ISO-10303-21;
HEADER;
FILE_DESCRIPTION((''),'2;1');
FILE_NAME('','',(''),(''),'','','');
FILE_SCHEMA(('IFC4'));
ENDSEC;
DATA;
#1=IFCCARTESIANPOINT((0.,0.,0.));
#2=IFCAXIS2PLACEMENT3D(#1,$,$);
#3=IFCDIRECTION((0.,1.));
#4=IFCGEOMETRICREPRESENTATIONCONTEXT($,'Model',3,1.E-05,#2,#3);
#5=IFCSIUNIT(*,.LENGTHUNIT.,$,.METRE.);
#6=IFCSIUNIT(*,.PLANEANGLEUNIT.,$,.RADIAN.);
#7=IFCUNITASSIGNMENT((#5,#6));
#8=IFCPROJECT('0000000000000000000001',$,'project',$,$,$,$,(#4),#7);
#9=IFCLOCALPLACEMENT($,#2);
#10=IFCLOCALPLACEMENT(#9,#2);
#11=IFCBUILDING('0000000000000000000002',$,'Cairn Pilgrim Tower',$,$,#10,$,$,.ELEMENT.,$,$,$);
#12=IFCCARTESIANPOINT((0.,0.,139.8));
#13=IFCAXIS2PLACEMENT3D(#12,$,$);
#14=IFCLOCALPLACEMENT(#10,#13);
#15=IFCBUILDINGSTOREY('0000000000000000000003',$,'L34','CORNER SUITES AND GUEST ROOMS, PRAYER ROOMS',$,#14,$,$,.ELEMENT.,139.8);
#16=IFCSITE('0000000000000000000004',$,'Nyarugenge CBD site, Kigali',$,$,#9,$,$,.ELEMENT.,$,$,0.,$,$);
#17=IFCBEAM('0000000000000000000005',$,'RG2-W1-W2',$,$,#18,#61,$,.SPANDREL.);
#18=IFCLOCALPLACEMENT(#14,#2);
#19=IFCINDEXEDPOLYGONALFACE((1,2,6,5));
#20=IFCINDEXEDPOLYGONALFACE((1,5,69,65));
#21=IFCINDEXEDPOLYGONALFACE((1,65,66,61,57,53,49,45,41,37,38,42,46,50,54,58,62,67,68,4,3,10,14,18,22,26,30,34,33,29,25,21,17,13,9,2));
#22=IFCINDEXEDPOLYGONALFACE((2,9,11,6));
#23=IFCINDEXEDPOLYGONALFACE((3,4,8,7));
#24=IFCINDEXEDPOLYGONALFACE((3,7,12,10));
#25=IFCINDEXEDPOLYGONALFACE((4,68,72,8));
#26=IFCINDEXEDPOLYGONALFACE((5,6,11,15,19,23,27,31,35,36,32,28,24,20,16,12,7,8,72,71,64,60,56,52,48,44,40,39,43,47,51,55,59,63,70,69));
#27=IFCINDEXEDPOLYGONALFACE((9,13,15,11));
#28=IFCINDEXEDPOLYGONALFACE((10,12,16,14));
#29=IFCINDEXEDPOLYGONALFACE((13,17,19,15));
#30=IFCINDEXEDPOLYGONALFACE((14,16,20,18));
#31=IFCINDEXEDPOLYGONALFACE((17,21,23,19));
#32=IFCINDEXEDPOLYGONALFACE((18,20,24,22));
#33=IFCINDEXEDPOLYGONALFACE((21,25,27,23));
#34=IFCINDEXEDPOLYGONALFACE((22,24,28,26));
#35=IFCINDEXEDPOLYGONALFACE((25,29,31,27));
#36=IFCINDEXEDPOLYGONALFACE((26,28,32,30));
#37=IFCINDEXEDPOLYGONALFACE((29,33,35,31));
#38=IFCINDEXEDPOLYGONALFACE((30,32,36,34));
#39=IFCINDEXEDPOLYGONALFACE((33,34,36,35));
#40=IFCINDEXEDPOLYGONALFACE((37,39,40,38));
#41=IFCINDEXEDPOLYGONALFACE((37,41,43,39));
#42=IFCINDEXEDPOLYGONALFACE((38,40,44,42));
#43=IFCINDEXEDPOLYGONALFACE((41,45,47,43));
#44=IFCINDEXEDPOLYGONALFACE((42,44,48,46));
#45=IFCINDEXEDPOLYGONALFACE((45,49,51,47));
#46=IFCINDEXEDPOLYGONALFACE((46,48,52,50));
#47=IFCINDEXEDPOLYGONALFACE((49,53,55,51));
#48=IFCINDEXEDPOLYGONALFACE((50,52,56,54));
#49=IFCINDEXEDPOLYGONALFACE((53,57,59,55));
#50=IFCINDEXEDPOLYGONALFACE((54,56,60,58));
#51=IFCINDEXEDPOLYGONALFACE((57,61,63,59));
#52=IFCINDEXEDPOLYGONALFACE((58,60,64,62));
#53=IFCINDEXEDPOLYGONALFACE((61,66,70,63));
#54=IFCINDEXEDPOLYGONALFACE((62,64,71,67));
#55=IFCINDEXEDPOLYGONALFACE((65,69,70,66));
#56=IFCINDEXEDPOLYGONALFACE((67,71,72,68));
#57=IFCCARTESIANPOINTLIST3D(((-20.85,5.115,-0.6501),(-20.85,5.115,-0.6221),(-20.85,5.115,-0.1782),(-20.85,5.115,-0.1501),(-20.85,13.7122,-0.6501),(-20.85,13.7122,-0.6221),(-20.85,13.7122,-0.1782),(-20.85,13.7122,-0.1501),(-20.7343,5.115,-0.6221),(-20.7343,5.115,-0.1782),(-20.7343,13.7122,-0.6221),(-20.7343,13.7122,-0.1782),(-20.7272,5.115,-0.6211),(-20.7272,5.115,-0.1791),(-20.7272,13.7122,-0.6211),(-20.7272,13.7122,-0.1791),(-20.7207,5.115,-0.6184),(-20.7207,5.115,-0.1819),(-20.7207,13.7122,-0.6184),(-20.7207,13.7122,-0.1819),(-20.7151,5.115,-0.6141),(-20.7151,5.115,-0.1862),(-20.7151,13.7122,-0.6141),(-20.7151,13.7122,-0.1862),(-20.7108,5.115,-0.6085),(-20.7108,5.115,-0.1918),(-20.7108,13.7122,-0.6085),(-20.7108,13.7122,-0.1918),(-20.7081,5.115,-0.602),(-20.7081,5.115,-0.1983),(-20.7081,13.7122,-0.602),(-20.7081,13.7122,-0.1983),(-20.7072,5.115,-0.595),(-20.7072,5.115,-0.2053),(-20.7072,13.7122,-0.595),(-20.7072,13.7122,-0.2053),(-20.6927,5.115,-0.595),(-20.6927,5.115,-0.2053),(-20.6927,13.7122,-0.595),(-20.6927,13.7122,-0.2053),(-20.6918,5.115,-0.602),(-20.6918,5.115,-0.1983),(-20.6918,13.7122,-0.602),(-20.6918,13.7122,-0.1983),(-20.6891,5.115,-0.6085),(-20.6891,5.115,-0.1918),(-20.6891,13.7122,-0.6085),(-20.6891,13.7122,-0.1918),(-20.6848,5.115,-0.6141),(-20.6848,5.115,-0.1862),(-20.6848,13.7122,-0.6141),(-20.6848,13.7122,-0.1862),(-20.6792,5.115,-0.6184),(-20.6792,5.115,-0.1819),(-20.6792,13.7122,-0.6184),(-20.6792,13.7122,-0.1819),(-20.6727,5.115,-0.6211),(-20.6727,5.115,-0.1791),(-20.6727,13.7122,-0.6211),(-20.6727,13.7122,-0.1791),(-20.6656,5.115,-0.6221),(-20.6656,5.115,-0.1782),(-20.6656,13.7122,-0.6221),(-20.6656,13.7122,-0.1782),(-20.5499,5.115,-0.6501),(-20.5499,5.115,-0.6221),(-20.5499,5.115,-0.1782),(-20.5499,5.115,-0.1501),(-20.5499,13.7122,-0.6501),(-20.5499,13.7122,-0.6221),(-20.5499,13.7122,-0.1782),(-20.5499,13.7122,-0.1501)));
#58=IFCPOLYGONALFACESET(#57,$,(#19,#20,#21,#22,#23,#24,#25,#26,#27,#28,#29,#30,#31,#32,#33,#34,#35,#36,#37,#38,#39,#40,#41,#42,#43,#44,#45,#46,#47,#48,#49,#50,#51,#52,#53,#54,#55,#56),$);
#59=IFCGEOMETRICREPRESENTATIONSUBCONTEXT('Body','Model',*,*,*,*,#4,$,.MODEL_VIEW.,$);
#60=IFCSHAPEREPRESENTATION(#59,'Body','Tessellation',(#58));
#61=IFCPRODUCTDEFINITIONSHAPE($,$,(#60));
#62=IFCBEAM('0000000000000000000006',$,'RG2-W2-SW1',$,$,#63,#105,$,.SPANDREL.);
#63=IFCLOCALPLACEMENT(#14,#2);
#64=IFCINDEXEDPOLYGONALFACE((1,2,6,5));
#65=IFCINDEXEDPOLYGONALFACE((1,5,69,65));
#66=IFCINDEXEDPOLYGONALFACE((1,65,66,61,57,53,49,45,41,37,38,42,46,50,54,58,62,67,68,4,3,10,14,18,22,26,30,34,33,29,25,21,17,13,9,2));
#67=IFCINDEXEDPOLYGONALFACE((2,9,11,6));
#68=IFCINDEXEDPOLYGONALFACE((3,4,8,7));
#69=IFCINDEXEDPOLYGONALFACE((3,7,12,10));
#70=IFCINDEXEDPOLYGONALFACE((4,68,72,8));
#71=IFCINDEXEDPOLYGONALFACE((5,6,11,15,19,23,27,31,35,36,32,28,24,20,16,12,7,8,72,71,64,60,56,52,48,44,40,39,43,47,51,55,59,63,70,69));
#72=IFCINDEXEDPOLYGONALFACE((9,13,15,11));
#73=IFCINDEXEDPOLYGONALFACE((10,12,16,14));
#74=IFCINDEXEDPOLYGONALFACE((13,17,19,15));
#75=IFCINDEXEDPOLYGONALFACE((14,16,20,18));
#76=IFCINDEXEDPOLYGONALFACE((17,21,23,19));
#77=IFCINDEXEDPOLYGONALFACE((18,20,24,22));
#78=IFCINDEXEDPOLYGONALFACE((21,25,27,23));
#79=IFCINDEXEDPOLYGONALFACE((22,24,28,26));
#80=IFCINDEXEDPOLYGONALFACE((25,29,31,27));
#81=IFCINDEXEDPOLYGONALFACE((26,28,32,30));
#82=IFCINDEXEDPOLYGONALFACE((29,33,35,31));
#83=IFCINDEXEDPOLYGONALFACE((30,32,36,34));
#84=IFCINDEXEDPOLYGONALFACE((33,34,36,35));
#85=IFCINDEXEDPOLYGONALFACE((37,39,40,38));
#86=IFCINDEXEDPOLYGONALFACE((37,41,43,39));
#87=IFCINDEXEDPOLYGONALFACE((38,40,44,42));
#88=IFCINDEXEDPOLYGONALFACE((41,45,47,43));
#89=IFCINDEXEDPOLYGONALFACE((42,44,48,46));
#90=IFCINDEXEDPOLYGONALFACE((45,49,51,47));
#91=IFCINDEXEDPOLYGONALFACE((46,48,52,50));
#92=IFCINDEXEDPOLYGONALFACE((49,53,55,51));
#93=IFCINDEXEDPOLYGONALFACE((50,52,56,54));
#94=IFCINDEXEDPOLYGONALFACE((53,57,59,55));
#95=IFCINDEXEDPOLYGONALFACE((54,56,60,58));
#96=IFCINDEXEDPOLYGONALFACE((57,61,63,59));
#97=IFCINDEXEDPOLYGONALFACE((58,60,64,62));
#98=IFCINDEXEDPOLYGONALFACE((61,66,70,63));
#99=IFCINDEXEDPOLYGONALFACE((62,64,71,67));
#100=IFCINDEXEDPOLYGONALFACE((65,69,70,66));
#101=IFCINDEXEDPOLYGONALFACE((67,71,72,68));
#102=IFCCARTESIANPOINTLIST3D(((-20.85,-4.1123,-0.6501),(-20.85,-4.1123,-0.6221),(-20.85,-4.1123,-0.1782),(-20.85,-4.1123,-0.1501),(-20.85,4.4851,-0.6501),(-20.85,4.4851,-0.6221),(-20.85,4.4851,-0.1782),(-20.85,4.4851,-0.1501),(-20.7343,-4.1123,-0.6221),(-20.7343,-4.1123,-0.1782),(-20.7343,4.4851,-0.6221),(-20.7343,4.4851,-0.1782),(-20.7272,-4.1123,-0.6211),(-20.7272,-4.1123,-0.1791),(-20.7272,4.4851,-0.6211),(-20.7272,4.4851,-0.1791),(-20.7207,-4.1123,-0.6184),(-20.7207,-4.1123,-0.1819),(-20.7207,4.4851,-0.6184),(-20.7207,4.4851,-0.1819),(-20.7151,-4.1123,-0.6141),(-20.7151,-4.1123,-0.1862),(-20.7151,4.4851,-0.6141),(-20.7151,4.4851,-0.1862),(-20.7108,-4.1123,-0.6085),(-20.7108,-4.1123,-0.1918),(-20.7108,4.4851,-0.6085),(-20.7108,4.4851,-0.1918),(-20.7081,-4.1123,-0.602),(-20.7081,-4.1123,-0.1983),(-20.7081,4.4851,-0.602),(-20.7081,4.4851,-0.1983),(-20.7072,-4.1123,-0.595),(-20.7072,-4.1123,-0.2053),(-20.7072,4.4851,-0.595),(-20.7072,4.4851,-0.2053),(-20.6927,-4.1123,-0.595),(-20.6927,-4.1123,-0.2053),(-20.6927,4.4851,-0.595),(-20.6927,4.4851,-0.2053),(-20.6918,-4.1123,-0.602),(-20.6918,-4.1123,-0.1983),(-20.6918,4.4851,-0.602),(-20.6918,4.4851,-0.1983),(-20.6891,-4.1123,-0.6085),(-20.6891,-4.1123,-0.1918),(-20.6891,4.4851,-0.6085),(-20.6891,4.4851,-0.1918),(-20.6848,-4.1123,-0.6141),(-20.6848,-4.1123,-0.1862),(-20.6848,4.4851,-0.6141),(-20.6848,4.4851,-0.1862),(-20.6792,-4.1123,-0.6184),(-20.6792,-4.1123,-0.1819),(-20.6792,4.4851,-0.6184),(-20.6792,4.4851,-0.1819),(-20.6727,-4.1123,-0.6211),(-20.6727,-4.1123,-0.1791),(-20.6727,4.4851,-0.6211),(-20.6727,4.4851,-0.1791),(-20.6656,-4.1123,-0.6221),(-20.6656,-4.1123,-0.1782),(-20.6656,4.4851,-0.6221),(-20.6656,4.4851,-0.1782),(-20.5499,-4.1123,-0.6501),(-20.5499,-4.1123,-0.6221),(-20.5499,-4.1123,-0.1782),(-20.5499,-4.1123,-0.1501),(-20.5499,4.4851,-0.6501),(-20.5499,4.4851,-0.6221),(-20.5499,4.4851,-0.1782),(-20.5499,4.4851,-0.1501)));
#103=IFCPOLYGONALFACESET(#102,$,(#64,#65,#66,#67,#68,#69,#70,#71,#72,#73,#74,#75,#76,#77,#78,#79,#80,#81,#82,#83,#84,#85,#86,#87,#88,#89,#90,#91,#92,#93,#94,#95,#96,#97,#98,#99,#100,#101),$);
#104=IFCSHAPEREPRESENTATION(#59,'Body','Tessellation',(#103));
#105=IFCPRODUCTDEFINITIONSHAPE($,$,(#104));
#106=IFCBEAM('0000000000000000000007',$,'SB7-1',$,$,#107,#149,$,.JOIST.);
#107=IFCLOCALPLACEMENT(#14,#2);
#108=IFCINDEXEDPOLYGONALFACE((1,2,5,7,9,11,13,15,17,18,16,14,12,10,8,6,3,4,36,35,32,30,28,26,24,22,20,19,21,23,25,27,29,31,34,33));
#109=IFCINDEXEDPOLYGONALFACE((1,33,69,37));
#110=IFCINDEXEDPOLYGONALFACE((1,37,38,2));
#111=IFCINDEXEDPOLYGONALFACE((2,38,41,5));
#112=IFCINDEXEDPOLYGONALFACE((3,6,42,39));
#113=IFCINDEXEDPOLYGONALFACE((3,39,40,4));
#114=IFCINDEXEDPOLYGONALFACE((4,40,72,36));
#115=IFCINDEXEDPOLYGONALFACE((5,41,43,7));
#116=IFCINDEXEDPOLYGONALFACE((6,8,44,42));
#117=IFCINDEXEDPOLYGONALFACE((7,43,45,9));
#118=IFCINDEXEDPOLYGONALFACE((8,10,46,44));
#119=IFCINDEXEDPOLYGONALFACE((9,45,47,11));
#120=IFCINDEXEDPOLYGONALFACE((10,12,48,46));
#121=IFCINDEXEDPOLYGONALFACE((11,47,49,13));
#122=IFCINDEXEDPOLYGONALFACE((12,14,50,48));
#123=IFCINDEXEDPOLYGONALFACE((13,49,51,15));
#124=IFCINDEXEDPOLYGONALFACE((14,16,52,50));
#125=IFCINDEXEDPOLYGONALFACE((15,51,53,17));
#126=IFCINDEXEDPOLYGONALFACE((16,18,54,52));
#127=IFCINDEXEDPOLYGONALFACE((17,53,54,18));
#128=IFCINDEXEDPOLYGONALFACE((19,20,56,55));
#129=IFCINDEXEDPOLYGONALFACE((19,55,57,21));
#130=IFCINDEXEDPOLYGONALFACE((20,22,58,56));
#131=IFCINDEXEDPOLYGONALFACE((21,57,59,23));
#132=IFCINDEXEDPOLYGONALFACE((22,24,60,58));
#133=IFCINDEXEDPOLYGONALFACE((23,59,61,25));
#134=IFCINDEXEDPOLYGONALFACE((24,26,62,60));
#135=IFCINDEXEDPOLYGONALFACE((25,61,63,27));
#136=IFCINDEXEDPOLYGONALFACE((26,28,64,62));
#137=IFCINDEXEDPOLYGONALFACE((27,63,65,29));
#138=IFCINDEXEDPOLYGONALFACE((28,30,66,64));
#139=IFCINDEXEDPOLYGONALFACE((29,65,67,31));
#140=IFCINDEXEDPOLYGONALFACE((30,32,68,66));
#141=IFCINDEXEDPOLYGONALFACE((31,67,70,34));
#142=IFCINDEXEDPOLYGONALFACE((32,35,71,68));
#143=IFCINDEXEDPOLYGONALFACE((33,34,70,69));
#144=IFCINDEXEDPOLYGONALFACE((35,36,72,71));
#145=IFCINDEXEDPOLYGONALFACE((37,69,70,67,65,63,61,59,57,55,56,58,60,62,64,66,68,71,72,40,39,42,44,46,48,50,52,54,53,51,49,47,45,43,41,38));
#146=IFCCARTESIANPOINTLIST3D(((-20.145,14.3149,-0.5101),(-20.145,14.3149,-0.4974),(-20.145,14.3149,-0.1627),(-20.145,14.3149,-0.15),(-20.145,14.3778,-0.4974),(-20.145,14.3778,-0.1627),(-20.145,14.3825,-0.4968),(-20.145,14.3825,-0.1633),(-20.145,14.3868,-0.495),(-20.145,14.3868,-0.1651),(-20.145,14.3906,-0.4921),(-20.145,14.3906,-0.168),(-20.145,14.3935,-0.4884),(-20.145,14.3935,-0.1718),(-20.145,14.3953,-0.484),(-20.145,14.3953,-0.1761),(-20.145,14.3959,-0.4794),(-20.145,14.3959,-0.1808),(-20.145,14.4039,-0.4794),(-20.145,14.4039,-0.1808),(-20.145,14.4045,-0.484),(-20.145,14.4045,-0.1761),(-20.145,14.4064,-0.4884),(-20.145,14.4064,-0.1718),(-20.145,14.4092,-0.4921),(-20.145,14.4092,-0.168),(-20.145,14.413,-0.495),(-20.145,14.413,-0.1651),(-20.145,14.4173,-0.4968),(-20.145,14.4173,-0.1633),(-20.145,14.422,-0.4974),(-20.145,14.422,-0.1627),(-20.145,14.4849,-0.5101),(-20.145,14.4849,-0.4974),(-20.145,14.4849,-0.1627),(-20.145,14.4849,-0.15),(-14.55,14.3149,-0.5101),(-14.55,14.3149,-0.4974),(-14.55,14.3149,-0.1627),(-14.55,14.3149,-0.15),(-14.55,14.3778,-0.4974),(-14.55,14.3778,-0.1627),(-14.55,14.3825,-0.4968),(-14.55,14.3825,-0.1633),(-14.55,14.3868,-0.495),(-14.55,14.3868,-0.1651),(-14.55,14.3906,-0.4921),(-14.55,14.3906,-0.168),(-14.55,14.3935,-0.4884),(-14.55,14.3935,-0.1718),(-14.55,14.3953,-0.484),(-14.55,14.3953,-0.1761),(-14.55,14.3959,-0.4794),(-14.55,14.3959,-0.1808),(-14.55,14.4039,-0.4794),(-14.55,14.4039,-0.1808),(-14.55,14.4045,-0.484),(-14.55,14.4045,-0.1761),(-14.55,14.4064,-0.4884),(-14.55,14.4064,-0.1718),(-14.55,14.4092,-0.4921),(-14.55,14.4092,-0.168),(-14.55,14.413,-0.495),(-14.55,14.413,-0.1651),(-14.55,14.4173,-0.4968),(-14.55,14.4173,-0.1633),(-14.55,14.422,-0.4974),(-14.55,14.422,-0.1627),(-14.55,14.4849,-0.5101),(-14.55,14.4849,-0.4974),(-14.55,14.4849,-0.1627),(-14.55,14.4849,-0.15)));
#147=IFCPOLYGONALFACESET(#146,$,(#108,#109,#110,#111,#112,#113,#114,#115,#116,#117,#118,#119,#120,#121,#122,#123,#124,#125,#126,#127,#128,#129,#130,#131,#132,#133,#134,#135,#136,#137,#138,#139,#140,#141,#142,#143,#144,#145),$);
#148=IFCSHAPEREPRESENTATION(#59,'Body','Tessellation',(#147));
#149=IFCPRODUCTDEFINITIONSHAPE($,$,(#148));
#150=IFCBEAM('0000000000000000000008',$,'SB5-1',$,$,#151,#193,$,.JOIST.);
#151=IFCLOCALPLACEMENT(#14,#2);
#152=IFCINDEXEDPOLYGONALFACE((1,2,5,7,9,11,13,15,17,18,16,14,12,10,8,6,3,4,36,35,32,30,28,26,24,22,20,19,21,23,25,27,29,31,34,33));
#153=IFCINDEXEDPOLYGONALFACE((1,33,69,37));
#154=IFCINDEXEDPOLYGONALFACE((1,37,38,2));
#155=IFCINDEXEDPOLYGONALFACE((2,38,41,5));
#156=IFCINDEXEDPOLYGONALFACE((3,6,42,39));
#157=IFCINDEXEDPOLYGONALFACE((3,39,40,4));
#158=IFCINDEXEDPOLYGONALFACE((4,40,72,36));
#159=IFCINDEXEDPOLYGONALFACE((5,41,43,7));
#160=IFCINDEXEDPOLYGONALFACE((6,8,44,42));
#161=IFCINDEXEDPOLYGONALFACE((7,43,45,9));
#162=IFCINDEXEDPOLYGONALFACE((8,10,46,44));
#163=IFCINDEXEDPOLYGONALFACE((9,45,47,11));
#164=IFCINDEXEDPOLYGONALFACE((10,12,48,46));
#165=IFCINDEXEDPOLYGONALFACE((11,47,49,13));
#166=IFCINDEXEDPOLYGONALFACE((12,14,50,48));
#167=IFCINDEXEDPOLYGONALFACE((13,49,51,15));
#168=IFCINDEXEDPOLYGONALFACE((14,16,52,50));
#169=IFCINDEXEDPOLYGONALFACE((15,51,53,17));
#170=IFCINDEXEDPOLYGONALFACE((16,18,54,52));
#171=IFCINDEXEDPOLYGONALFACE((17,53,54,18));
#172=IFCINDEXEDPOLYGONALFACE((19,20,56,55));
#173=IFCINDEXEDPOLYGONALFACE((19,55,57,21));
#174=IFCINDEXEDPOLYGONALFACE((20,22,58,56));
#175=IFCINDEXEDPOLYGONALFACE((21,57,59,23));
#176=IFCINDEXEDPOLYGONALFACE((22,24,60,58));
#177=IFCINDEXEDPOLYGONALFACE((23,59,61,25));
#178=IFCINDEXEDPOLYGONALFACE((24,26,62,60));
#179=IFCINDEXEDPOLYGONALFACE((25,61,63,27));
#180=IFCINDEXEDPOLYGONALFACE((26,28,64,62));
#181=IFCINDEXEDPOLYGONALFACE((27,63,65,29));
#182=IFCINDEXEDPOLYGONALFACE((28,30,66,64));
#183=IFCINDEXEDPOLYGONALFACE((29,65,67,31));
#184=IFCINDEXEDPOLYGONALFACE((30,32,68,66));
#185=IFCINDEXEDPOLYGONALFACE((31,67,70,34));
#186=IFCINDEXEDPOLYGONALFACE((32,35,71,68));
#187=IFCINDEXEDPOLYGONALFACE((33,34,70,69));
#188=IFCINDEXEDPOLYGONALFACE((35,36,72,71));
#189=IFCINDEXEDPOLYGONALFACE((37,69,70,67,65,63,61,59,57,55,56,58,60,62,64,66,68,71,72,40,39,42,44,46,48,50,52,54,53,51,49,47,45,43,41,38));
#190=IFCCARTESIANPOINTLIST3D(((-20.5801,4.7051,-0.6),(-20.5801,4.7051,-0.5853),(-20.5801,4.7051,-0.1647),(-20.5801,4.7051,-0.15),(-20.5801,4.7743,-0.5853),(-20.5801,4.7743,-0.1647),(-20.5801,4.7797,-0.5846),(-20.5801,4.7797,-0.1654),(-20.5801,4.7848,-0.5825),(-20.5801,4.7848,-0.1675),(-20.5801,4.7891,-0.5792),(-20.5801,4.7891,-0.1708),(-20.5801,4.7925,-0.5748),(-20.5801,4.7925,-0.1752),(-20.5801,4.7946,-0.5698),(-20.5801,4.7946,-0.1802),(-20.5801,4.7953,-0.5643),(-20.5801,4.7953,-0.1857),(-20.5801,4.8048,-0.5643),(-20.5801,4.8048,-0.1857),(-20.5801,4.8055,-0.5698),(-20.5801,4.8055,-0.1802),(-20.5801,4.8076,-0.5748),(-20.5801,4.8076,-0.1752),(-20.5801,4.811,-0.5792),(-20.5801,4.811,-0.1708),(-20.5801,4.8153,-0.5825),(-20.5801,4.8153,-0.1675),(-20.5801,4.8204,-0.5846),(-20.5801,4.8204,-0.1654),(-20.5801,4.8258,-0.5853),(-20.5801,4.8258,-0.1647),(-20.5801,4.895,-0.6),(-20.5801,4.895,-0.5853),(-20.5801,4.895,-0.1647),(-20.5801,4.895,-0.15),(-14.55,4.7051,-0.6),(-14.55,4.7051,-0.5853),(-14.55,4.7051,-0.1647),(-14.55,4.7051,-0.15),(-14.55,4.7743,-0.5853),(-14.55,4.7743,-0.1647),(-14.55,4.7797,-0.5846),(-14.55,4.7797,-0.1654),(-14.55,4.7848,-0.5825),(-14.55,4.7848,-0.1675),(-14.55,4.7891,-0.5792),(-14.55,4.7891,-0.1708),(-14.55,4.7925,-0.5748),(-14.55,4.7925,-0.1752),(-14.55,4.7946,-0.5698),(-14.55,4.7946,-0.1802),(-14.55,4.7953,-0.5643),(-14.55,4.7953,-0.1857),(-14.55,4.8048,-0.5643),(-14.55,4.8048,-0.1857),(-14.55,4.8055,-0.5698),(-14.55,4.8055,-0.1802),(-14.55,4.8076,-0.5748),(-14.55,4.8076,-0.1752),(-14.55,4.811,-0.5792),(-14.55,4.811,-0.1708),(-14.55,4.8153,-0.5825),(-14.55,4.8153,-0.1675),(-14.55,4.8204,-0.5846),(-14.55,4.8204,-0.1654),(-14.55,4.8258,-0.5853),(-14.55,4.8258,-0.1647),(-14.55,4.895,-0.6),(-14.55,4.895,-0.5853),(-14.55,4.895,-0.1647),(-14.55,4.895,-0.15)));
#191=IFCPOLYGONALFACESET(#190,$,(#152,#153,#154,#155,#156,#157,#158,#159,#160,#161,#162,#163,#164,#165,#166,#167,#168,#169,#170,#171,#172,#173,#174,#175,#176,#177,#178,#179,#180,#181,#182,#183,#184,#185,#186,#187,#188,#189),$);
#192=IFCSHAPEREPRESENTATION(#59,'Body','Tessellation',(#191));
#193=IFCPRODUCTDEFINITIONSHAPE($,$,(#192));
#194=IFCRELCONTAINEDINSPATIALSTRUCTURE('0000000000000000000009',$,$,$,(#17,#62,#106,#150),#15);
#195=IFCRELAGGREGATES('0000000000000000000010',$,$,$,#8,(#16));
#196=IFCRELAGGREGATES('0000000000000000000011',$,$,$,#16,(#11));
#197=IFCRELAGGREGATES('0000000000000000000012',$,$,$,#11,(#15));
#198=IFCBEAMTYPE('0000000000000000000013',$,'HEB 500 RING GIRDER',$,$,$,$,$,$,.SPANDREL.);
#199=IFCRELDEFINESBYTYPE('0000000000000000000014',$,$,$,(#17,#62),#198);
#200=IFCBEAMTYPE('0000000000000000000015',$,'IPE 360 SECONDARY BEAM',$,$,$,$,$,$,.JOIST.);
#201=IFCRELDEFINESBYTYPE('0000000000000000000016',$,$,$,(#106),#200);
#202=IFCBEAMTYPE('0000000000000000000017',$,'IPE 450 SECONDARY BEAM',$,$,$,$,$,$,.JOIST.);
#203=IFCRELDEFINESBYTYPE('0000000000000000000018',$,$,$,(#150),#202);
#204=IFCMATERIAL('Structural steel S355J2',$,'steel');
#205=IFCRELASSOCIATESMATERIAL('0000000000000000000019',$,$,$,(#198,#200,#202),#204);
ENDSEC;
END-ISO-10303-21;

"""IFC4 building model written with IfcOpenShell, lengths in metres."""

from ifc_helpers import new_model, si_unit, direction, frame, origin, origin_2d, place, context, subcontext, project, spatial, i_section, extrude, material, material_profile, profile_set, type_object, element, save


model = new_model("IFC4")

# Units and contexts
model_context = context("Model", 3, precision=1e-05, world=origin(), true_north=direction((0.0, 1.0)))
body_context = subcontext(model_context, "Body", "Model", "MODEL_VIEW")
ifc_project = project(units=[si_unit("LENGTHUNIT", "METRE"), si_unit("PLANEANGLEUNIT", "RADIAN")], contexts=[model_context])

# Site, building, storey
site_placement = place(None, origin())
site = spatial("IfcSite", under=ifc_project, at=site_placement, Name="Nyarugenge CBD site, Kigali", CompositionType="ELEMENT", RefElevation=0.0)
building_placement = place(site_placement, origin())
building = spatial("IfcBuilding", under=site, at=building_placement, Name="Cairn Pilgrim Tower", CompositionType="ELEMENT")
storey_placement = place(building_placement, frame((0.0, 0.0, 139.8)))
storey = spatial("IfcBuildingStorey", under=building, at=storey_placement, Name="L34", Description="CORNER SUITES AND GUEST ROOMS, PRAYER ROOMS", CompositionType="ELEMENT", Elevation=139.8)

# Shared definitions
ifc_material_1 = material(Name="Structural steel S355J2", Category="steel")

# Beams
ifc_material_profile_1 = material_profile(ifc_material_1, i_section(OverallWidth=0.3, OverallDepth=0.5, WebThickness=0.0144, FlangeThickness=0.0281, FilletRadius=0.0271, at=origin_2d()), Name="HEB 500")
ifc_profile_set_1 = profile_set([ifc_material_profile_1], Name="Structural steel S355J2")
beam_type_1 = type_object("IfcBeamType", Name="HEB 500 RING GIRDER", PredefinedType="SPANDREL", material=ifc_profile_set_1)
beam_1_placement = place(storey_placement, frame((-20.7, 13.7122, -0.4001), z_axis=(0.0, -1.0, 0.0), x_axis=(1.0, 0.0, 0.0)))
element("IfcBeam", 1, at=beam_1_placement, inside=storey, type_object=beam_type_1, Name="RG2-W1-W2", PredefinedType="SPANDREL", context=body_context, shape_type="SweptSolid", body=[
    extrude(i_section(OverallWidth=0.3, OverallDepth=0.5, WebThickness=0.0144, FlangeThickness=0.0281, FilletRadius=0.0271, at=origin_2d()), origin(), (0.0, 0.0, 1.0), 8.5972),
])
beam_2_placement = place(storey_placement, frame((-20.7, 4.4851, -0.4001), z_axis=(0.0, -1.0, 0.0), x_axis=(1.0, 0.0, 0.0)))
element("IfcBeam", 2, at=beam_2_placement, inside=storey, type_object=beam_type_1, Name="RG2-W2-SW1", PredefinedType="SPANDREL", context=body_context, shape_type="SweptSolid", body=[
    extrude(i_section(OverallWidth=0.3, OverallDepth=0.5, WebThickness=0.0144, FlangeThickness=0.0281, FilletRadius=0.0271, at=origin_2d()), origin(), (0.0, 0.0, 1.0), 8.5974),
])
ifc_material_profile_2 = material_profile(ifc_material_1, i_section(OverallWidth=0.1699, OverallDepth=0.3601, WebThickness=0.0081, FlangeThickness=0.0127, FilletRadius=0.0181, at=origin_2d()), Name="IPE 360")
ifc_profile_set_2 = profile_set([ifc_material_profile_2], Name="Structural steel S355J2")
beam_type_2 = type_object("IfcBeamType", Name="IPE 360 SECONDARY BEAM", PredefinedType="JOIST", material=ifc_profile_set_2)
beam_3_placement = place(storey_placement, frame((-20.145, 14.3999, -0.3301), z_axis=(1.0, 0.0, 0.0), x_axis=(0.0, 1.0, 0.0)))
element("IfcBeam", 3, at=beam_3_placement, inside=storey, type_object=beam_type_2, Name="SB7-1", PredefinedType="JOIST", context=body_context, shape_type="SweptSolid", body=[
    extrude(i_section(OverallWidth=0.1699, OverallDepth=0.3601, WebThickness=0.0081, FlangeThickness=0.0127, FilletRadius=0.0181, at=origin_2d()), origin(), (0.0, 0.0, 1.0), 5.595),
])
ifc_material_profile_3 = material_profile(ifc_material_1, i_section(OverallWidth=0.1899, OverallDepth=0.45, WebThickness=0.0095, FlangeThickness=0.0146, FilletRadius=0.021, at=origin_2d()), Name="IPE 450")
ifc_profile_set_3 = profile_set([ifc_material_profile_3], Name="Structural steel S355J2")
beam_type_3 = type_object("IfcBeamType", Name="IPE 450 SECONDARY BEAM", PredefinedType="JOIST", material=ifc_profile_set_3)
for number, where, z_axis, x_axis, name in (
    (4, (-20.5801, 4.8, -0.375), (1.0, 0.0, 0.0), (0.0, 1.0, 0.0), "SB5-1"),
):
    element("IfcBeam", number, at=place(storey_placement, frame(where, z_axis=z_axis, x_axis=x_axis)), inside=storey, type_object=beam_type_3, Name=name, PredefinedType="JOIST", context=body_context, shape_type="SweptSolid", body=[
        extrude(i_section(OverallWidth=0.1899, OverallDepth=0.45, WebThickness=0.0095, FlangeThickness=0.0146, FilletRadius=0.021, at=origin_2d()), origin(), (0.0, 0.0, 1.0), 6.03),
    ])

save(model, "model.ifc")
